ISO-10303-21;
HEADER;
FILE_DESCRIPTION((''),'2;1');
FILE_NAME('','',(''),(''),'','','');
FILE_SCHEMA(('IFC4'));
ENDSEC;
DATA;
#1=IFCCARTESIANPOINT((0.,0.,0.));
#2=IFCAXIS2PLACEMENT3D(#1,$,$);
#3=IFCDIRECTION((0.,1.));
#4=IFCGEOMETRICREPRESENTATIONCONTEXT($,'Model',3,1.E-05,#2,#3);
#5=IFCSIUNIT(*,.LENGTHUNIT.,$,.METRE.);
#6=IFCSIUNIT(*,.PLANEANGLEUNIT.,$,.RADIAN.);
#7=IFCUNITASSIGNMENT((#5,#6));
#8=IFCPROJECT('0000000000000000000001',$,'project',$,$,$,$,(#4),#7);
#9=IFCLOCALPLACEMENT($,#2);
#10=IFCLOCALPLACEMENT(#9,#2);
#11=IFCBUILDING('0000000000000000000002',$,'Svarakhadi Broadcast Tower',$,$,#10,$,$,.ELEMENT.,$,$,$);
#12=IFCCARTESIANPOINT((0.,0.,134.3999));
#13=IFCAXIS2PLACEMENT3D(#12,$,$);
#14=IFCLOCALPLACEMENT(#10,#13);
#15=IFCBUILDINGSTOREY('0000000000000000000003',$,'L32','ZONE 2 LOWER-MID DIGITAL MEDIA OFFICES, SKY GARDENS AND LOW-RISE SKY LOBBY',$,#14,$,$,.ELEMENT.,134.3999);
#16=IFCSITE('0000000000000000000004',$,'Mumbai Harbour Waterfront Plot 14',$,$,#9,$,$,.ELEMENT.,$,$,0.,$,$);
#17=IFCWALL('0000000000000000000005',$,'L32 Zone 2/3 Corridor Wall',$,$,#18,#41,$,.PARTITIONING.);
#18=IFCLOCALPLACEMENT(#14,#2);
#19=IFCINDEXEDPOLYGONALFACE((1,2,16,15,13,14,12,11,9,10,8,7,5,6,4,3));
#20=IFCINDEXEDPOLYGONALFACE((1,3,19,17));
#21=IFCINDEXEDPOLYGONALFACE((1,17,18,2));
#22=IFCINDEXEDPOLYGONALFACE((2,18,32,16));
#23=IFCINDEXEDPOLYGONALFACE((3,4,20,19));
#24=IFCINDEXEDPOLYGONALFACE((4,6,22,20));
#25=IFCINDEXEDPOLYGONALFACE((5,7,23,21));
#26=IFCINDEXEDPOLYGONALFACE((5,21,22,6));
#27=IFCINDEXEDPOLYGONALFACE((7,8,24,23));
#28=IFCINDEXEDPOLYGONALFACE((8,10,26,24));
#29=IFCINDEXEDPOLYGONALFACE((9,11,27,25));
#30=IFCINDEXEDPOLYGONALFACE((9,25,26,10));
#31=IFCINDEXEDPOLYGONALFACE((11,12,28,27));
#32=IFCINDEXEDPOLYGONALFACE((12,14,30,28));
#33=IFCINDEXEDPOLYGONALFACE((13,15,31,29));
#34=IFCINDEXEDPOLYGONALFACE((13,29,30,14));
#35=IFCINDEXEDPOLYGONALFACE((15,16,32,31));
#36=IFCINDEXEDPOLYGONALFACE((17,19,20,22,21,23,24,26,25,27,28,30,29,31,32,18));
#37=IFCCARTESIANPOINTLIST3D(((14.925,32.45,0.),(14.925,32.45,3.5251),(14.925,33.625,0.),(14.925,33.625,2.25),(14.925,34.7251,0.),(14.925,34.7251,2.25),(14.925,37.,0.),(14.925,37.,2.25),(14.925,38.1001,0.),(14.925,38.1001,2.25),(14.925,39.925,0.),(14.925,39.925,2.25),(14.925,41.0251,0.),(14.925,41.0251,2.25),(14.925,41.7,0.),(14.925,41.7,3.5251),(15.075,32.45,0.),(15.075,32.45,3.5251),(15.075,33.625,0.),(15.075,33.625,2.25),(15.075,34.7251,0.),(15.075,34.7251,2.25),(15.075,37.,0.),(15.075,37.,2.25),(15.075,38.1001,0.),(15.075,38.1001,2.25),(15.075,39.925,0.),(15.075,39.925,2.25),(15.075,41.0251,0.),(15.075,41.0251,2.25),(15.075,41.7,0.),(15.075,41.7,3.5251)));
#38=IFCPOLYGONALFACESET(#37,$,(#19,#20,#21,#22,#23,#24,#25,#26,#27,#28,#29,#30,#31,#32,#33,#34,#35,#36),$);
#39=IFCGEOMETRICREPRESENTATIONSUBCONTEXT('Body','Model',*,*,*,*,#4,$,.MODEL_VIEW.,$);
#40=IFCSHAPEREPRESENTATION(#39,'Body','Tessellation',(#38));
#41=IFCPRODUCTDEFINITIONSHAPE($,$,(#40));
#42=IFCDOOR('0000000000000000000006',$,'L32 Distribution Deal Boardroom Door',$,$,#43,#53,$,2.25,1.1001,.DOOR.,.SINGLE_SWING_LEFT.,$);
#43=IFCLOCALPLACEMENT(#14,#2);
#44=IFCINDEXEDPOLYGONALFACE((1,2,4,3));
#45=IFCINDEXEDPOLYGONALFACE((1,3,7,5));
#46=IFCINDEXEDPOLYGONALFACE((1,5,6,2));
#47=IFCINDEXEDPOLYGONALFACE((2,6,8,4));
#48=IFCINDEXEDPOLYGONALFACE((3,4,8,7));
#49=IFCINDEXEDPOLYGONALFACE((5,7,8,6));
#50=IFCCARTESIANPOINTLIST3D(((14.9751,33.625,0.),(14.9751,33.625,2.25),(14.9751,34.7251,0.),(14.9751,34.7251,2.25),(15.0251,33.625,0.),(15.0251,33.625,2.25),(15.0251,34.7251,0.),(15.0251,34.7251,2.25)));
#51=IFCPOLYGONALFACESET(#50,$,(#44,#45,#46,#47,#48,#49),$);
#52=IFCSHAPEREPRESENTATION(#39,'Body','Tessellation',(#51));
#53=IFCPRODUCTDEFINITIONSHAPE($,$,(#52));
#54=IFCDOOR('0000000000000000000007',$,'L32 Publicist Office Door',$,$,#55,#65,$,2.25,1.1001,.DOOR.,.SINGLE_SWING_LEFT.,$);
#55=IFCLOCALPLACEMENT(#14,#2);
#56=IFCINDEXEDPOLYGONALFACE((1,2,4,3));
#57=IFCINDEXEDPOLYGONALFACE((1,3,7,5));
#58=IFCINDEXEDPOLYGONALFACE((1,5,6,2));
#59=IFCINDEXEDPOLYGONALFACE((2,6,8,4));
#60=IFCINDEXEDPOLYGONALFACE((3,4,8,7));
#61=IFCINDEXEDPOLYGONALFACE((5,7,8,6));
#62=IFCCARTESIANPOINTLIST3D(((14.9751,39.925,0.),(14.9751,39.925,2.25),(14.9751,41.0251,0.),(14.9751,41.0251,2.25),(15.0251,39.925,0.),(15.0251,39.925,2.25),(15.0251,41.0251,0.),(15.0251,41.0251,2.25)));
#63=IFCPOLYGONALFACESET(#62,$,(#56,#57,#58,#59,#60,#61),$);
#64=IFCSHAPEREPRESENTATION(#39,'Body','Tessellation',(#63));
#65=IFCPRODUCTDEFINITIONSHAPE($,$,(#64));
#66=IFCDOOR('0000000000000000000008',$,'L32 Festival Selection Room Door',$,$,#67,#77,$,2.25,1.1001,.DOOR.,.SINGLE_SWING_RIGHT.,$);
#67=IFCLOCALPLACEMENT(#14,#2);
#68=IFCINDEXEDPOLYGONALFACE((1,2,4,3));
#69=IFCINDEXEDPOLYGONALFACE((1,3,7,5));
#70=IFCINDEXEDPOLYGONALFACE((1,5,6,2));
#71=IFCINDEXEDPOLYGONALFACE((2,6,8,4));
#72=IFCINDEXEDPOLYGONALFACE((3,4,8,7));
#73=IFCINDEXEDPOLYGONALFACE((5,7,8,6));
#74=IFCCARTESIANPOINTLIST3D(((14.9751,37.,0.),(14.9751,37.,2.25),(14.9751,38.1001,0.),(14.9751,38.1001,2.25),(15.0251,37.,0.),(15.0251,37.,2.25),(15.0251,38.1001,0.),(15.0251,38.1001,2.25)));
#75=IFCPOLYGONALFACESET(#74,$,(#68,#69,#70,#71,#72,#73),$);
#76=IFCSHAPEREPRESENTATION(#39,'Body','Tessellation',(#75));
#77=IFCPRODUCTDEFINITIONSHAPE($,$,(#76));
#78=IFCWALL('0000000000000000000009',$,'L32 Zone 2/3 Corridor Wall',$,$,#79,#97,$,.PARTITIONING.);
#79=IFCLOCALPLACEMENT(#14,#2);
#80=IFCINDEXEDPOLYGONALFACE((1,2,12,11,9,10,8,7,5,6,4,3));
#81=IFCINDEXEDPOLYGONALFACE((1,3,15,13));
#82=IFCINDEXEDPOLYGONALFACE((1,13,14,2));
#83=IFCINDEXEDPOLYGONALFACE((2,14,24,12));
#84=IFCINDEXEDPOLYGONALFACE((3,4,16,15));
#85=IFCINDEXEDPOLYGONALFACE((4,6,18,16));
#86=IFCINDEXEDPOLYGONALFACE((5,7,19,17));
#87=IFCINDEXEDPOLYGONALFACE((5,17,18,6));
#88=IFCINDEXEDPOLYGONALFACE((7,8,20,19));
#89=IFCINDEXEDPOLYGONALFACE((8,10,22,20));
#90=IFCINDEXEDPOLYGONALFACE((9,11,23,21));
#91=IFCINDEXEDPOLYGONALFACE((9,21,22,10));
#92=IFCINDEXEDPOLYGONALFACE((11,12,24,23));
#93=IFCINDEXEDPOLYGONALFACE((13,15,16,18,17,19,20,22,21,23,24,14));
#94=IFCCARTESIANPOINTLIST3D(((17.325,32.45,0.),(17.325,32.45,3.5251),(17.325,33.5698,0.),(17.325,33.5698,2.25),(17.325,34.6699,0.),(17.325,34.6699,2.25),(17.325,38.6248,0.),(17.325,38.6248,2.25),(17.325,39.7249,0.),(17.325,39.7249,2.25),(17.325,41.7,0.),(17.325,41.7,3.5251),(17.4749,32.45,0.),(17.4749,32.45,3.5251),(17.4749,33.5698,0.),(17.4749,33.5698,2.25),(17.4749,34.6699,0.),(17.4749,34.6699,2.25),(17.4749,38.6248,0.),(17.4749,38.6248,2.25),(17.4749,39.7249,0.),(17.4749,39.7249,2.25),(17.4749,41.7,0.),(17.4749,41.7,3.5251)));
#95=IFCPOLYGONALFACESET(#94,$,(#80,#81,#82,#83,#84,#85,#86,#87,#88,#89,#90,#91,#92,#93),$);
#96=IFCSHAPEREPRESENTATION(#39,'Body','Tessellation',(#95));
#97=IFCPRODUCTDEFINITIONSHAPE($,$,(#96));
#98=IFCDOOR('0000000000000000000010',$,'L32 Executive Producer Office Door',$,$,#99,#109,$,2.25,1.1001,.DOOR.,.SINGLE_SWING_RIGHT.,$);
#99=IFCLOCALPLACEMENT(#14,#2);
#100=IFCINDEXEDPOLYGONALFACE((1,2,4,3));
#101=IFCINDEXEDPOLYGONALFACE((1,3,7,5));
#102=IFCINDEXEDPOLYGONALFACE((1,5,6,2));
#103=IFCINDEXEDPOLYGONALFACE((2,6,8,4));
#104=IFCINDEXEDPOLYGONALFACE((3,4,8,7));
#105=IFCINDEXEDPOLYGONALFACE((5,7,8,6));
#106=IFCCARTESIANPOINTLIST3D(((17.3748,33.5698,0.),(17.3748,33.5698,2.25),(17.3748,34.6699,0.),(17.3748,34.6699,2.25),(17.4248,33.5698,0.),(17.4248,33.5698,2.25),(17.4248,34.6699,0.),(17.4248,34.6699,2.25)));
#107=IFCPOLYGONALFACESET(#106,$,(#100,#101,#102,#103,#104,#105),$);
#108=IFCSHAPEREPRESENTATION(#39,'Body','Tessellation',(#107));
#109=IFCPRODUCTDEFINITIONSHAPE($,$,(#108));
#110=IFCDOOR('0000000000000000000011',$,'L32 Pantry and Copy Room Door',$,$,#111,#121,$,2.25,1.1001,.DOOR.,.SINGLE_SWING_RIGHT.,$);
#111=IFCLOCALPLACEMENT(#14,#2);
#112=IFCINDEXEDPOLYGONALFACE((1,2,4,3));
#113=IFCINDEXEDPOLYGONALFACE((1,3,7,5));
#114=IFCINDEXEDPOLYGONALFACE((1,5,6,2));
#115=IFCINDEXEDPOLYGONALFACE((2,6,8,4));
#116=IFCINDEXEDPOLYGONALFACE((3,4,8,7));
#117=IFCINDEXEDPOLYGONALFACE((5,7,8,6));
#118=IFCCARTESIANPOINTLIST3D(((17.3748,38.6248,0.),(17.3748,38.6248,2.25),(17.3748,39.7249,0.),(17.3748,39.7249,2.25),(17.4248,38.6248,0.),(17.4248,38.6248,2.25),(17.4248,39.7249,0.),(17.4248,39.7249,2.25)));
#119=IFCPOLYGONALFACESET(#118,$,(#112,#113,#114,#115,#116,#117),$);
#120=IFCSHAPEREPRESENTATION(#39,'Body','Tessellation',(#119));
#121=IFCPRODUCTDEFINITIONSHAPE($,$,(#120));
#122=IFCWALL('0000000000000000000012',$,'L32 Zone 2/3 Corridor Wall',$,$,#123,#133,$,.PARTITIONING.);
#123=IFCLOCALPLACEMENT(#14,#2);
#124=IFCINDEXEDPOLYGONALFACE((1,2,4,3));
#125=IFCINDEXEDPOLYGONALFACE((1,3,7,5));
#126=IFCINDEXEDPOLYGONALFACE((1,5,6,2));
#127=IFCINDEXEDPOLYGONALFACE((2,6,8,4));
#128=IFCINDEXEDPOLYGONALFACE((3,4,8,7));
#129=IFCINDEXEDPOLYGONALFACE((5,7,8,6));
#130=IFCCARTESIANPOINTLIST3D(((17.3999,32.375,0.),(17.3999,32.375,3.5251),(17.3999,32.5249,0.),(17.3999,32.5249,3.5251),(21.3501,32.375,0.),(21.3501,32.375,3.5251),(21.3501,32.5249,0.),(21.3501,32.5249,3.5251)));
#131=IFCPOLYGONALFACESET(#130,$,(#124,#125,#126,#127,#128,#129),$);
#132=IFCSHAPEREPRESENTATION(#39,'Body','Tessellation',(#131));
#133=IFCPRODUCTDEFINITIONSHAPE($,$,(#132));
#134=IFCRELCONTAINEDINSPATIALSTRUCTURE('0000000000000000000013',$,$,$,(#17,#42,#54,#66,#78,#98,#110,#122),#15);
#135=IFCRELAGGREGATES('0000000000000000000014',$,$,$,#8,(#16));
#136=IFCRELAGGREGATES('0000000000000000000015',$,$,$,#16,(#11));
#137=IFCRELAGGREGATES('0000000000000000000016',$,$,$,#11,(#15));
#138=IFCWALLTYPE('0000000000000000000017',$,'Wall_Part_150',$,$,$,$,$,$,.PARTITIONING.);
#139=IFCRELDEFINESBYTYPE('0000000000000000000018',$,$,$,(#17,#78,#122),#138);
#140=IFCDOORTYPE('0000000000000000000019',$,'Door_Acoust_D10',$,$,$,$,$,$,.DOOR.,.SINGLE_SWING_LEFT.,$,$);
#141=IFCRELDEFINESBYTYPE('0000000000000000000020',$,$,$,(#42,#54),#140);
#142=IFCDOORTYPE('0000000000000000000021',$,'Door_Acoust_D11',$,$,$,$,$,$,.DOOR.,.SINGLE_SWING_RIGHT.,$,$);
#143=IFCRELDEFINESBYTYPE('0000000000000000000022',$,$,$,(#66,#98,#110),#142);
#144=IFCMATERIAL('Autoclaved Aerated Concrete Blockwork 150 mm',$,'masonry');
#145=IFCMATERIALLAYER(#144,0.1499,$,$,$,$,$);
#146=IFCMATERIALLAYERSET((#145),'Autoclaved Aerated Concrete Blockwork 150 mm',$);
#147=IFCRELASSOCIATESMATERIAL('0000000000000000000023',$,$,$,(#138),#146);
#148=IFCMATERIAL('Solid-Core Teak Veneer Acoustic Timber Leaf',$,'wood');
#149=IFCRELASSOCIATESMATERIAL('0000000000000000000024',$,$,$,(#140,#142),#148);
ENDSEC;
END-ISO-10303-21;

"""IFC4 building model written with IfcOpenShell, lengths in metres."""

from ifc_helpers import new_model, si_unit, direction, frame, frame_2d, origin, place, context, subcontext, project, spatial, rectangle, extrude, material, layer, layer_set, type_object, element, fill, save


model = new_model("IFC4")

# Units and contexts
model_context = context("Model", 3, precision=1e-05, world=origin(), true_north=direction((0.0, 1.0)))
body_context = subcontext(model_context, "Body", "Model", "MODEL_VIEW")
ifc_project = project(units=[si_unit("LENGTHUNIT", "METRE"), si_unit("PLANEANGLEUNIT", "RADIAN")], contexts=[model_context])

# Site, building, storey
site_placement = place(None, origin())
site = spatial("IfcSite", under=ifc_project, at=site_placement, Name="Mumbai Harbour Waterfront Plot 14", CompositionType="ELEMENT", RefElevation=0.0)
building_placement = place(site_placement, origin())
building = spatial("IfcBuilding", under=site, at=building_placement, Name="Svarakhadi Broadcast Tower", CompositionType="ELEMENT")
storey_placement = place(building_placement, frame((0.0, 0.0, 134.3999)))
storey = spatial("IfcBuildingStorey", under=building, at=storey_placement, Name="L32", Description="ZONE 2 LOWER-MID DIGITAL MEDIA OFFICES, SKY GARDENS AND LOW-RISE SKY LOBBY", CompositionType="ELEMENT", Elevation=134.3999)

# Walls, openings, doors
ifc_material_1 = material(Name="Autoclaved Aerated Concrete Blockwork 150 mm", Category="masonry")
ifc_layer_1 = layer(ifc_material_1, 0.1499)
ifc_layer_set_1 = layer_set([ifc_layer_1], Name="Autoclaved Aerated Concrete Blockwork 150 mm")
wall_type_1 = type_object("IfcWallType", Name="Wall_Part_150", PredefinedType="PARTITIONING", material=ifc_layer_set_1)
wall_1_placement = place(storey_placement, frame((15.0, 32.45, 0.0), z_axis=(0.0, 0.0, 1.0), x_axis=(0.0, 1.0, 0.0)))
wall_1 = element("IfcWall", 1, at=wall_1_placement, inside=storey, type_object=wall_type_1, Name="L32 Zone 2/3 Corridor Wall", PredefinedType="PARTITIONING", context=body_context, shape_type="SweptSolid", body=[
    extrude(rectangle(XDim=9.25, YDim=0.1499, at=frame_2d((4.625, 0.0))), origin(), (0.0, 0.0, 1.0), 3.5251),
])
opening_1_placement = place(wall_1_placement, frame((1.175, 0.0, 0.0)))
opening_1 = element("IfcOpeningElement", 2, at=opening_1_placement, cuts=wall_1, PredefinedType="OPENING", context=body_context, shape_type="SweptSolid", body=[
    extrude(rectangle(XDim=1.1001, YDim=2.25, at=frame_2d((0.55, 1.125))), frame((0.0, 0.085, 0.0), z_axis=(0.0, -1.0, 0.0), x_axis=(1.0, 0.0, 0.0)), (0.0, 0.0, 1.0), 0.1699),
])
opening_2_placement = place(wall_1_placement, frame((4.55, 0.0, 0.0)))
opening_2 = element("IfcOpeningElement", 3, at=opening_2_placement, cuts=wall_1, PredefinedType="OPENING", context=body_context, shape_type="SweptSolid", body=[
    extrude(rectangle(XDim=1.1001, YDim=2.25, at=frame_2d((0.55, 1.125))), frame((0.0, 0.085, 0.0), z_axis=(0.0, -1.0, 0.0), x_axis=(1.0, 0.0, 0.0)), (0.0, 0.0, 1.0), 0.1699),
])
opening_3_placement = place(wall_1_placement, frame((7.4751, 0.0, 0.0)))
opening_3 = element("IfcOpeningElement", 4, at=opening_3_placement, cuts=wall_1, PredefinedType="OPENING", context=body_context, shape_type="SweptSolid", body=[
    extrude(rectangle(XDim=1.1001, YDim=2.25, at=frame_2d((0.55, 1.125))), frame((0.0, 0.085, 0.0), z_axis=(0.0, -1.0, 0.0), x_axis=(1.0, 0.0, 0.0)), (0.0, 0.0, 1.0), 0.1699),
])
ifc_material_2 = material(Name="Solid-Core Teak Veneer Acoustic Timber Leaf", Category="wood")
door_type_1 = type_object("IfcDoorType", Name="Door_Acoust_D10", OperationType="SINGLE_SWING_LEFT", PredefinedType="DOOR", material=ifc_material_2)
door_1_placement = place(opening_1_placement, origin())
door_1 = element("IfcDoor", 5, at=door_1_placement, inside=storey, type_object=door_type_1, Name="L32 Distribution Deal Boardroom Door", OperationType="SINGLE_SWING_LEFT", OverallHeight=2.25, OverallWidth=1.1001, PredefinedType="DOOR", context=body_context, shape_type="SweptSolid", body=[
    extrude(rectangle(XDim=1.1001, YDim=2.25, at=frame_2d((0.55, 1.125))), frame((0.0, 0.0249, 0.0), z_axis=(0.0, -1.0, 0.0), x_axis=(1.0, 0.0, 0.0)), (0.0, 0.0, 1.0), 0.05),
])
fill(opening_1, door_1)
door_2_placement = place(opening_3_placement, origin())
door_2 = element("IfcDoor", 6, at=door_2_placement, inside=storey, type_object=door_type_1, Name="L32 Publicist Office Door", OperationType="SINGLE_SWING_LEFT", OverallHeight=2.25, OverallWidth=1.1001, PredefinedType="DOOR", context=body_context, shape_type="SweptSolid", body=[
    extrude(rectangle(XDim=1.1001, YDim=2.25, at=frame_2d((0.55, 1.125))), frame((0.0, 0.0249, 0.0), z_axis=(0.0, -1.0, 0.0), x_axis=(1.0, 0.0, 0.0)), (0.0, 0.0, 1.0), 0.05),
])
fill(opening_3, door_2)
door_type_2 = type_object("IfcDoorType", Name="Door_Acoust_D11", OperationType="SINGLE_SWING_RIGHT", PredefinedType="DOOR", material=ifc_material_2)
door_3_placement = place(opening_2_placement, origin())
door_3 = element("IfcDoor", 7, at=door_3_placement, inside=storey, type_object=door_type_2, Name="L32 Festival Selection Room Door", OperationType="SINGLE_SWING_RIGHT", OverallHeight=2.25, OverallWidth=1.1001, PredefinedType="DOOR", context=body_context, shape_type="SweptSolid", body=[
    extrude(rectangle(XDim=1.1001, YDim=2.25, at=frame_2d((0.55, 1.125))), frame((0.0, 0.0249, 0.0), z_axis=(0.0, -1.0, 0.0), x_axis=(1.0, 0.0, 0.0)), (0.0, 0.0, 1.0), 0.05),
])
fill(opening_2, door_3)
wall_2_placement = place(storey_placement, frame((17.3999, 41.7, 0.0), z_axis=(0.0, 0.0, 1.0), x_axis=(0.0, -1.0, 0.0)))
wall_2 = element("IfcWall", 8, at=wall_2_placement, inside=storey, type_object=wall_type_1, Name="L32 Zone 2/3 Corridor Wall", PredefinedType="PARTITIONING", context=body_context, shape_type="SweptSolid", body=[
    extrude(rectangle(XDim=9.25, YDim=0.1499, at=frame_2d((4.625, 0.0))), origin(), (0.0, 0.0, 1.0), 3.5251),
])
opening_4_placement = place(wall_2_placement, frame((7.03, 0.0, 0.0)))
opening_4 = element("IfcOpeningElement", 9, at=opening_4_placement, cuts=wall_2, PredefinedType="OPENING", context=body_context, shape_type="SweptSolid", body=[
    extrude(rectangle(XDim=1.1001, YDim=2.25, at=frame_2d((0.55, 1.125))), frame((0.0, 0.085, 0.0), z_axis=(0.0, -1.0, 0.0), x_axis=(1.0, 0.0, 0.0)), (0.0, 0.0, 1.0), 0.1699),
])
opening_5_placement = place(wall_2_placement, frame((1.9751, 0.0, 0.0)))
opening_5 = element("IfcOpeningElement", 10, at=opening_5_placement, cuts=wall_2, PredefinedType="OPENING", context=body_context, shape_type="SweptSolid", body=[
    extrude(rectangle(XDim=1.1001, YDim=2.25, at=frame_2d((0.55, 1.125))), frame((0.0, 0.085, 0.0), z_axis=(0.0, -1.0, 0.0), x_axis=(1.0, 0.0, 0.0)), (0.0, 0.0, 1.0), 0.1699),
])
door_4_placement = place(opening_4_placement, origin())
door_4 = element("IfcDoor", 11, at=door_4_placement, inside=storey, type_object=door_type_2, Name="L32 Executive Producer Office Door", OperationType="SINGLE_SWING_RIGHT", OverallHeight=2.25, OverallWidth=1.1001, PredefinedType="DOOR", context=body_context, shape_type="SweptSolid", body=[
    extrude(rectangle(XDim=1.1001, YDim=2.25, at=frame_2d((0.55, 1.125))), frame((0.0, 0.0249, 0.0), z_axis=(0.0, -1.0, 0.0), x_axis=(1.0, 0.0, 0.0)), (0.0, 0.0, 1.0), 0.05),
])
fill(opening_4, door_4)
door_5_placement = place(opening_5_placement, origin())
door_5 = element("IfcDoor", 12, at=door_5_placement, inside=storey, type_object=door_type_2, Name="L32 Pantry and Copy Room Door", OperationType="SINGLE_SWING_RIGHT", OverallHeight=2.25, OverallWidth=1.1001, PredefinedType="DOOR", context=body_context, shape_type="SweptSolid", body=[
    extrude(rectangle(XDim=1.1001, YDim=2.25, at=frame_2d((0.55, 1.125))), frame((0.0, 0.0249, 0.0), z_axis=(0.0, -1.0, 0.0), x_axis=(1.0, 0.0, 0.0)), (0.0, 0.0, 1.0), 0.05),
])
fill(opening_5, door_5)

# Wall
wall_3_placement = place(storey_placement, frame((17.3999, 32.45, 0.0), z_axis=(0.0, 0.0, 1.0), x_axis=(1.0, 0.0, 0.0)))
element("IfcWall", 13, at=wall_3_placement, inside=storey, type_object=wall_type_1, Name="L32 Zone 2/3 Corridor Wall", PredefinedType="PARTITIONING", context=body_context, shape_type="SweptSolid", body=[
    extrude(rectangle(XDim=3.9502, YDim=0.1499, at=frame_2d((1.9751, 0.0))), origin(), (0.0, 0.0, 1.0), 3.5251),
])

save(model, "model.ifc")
